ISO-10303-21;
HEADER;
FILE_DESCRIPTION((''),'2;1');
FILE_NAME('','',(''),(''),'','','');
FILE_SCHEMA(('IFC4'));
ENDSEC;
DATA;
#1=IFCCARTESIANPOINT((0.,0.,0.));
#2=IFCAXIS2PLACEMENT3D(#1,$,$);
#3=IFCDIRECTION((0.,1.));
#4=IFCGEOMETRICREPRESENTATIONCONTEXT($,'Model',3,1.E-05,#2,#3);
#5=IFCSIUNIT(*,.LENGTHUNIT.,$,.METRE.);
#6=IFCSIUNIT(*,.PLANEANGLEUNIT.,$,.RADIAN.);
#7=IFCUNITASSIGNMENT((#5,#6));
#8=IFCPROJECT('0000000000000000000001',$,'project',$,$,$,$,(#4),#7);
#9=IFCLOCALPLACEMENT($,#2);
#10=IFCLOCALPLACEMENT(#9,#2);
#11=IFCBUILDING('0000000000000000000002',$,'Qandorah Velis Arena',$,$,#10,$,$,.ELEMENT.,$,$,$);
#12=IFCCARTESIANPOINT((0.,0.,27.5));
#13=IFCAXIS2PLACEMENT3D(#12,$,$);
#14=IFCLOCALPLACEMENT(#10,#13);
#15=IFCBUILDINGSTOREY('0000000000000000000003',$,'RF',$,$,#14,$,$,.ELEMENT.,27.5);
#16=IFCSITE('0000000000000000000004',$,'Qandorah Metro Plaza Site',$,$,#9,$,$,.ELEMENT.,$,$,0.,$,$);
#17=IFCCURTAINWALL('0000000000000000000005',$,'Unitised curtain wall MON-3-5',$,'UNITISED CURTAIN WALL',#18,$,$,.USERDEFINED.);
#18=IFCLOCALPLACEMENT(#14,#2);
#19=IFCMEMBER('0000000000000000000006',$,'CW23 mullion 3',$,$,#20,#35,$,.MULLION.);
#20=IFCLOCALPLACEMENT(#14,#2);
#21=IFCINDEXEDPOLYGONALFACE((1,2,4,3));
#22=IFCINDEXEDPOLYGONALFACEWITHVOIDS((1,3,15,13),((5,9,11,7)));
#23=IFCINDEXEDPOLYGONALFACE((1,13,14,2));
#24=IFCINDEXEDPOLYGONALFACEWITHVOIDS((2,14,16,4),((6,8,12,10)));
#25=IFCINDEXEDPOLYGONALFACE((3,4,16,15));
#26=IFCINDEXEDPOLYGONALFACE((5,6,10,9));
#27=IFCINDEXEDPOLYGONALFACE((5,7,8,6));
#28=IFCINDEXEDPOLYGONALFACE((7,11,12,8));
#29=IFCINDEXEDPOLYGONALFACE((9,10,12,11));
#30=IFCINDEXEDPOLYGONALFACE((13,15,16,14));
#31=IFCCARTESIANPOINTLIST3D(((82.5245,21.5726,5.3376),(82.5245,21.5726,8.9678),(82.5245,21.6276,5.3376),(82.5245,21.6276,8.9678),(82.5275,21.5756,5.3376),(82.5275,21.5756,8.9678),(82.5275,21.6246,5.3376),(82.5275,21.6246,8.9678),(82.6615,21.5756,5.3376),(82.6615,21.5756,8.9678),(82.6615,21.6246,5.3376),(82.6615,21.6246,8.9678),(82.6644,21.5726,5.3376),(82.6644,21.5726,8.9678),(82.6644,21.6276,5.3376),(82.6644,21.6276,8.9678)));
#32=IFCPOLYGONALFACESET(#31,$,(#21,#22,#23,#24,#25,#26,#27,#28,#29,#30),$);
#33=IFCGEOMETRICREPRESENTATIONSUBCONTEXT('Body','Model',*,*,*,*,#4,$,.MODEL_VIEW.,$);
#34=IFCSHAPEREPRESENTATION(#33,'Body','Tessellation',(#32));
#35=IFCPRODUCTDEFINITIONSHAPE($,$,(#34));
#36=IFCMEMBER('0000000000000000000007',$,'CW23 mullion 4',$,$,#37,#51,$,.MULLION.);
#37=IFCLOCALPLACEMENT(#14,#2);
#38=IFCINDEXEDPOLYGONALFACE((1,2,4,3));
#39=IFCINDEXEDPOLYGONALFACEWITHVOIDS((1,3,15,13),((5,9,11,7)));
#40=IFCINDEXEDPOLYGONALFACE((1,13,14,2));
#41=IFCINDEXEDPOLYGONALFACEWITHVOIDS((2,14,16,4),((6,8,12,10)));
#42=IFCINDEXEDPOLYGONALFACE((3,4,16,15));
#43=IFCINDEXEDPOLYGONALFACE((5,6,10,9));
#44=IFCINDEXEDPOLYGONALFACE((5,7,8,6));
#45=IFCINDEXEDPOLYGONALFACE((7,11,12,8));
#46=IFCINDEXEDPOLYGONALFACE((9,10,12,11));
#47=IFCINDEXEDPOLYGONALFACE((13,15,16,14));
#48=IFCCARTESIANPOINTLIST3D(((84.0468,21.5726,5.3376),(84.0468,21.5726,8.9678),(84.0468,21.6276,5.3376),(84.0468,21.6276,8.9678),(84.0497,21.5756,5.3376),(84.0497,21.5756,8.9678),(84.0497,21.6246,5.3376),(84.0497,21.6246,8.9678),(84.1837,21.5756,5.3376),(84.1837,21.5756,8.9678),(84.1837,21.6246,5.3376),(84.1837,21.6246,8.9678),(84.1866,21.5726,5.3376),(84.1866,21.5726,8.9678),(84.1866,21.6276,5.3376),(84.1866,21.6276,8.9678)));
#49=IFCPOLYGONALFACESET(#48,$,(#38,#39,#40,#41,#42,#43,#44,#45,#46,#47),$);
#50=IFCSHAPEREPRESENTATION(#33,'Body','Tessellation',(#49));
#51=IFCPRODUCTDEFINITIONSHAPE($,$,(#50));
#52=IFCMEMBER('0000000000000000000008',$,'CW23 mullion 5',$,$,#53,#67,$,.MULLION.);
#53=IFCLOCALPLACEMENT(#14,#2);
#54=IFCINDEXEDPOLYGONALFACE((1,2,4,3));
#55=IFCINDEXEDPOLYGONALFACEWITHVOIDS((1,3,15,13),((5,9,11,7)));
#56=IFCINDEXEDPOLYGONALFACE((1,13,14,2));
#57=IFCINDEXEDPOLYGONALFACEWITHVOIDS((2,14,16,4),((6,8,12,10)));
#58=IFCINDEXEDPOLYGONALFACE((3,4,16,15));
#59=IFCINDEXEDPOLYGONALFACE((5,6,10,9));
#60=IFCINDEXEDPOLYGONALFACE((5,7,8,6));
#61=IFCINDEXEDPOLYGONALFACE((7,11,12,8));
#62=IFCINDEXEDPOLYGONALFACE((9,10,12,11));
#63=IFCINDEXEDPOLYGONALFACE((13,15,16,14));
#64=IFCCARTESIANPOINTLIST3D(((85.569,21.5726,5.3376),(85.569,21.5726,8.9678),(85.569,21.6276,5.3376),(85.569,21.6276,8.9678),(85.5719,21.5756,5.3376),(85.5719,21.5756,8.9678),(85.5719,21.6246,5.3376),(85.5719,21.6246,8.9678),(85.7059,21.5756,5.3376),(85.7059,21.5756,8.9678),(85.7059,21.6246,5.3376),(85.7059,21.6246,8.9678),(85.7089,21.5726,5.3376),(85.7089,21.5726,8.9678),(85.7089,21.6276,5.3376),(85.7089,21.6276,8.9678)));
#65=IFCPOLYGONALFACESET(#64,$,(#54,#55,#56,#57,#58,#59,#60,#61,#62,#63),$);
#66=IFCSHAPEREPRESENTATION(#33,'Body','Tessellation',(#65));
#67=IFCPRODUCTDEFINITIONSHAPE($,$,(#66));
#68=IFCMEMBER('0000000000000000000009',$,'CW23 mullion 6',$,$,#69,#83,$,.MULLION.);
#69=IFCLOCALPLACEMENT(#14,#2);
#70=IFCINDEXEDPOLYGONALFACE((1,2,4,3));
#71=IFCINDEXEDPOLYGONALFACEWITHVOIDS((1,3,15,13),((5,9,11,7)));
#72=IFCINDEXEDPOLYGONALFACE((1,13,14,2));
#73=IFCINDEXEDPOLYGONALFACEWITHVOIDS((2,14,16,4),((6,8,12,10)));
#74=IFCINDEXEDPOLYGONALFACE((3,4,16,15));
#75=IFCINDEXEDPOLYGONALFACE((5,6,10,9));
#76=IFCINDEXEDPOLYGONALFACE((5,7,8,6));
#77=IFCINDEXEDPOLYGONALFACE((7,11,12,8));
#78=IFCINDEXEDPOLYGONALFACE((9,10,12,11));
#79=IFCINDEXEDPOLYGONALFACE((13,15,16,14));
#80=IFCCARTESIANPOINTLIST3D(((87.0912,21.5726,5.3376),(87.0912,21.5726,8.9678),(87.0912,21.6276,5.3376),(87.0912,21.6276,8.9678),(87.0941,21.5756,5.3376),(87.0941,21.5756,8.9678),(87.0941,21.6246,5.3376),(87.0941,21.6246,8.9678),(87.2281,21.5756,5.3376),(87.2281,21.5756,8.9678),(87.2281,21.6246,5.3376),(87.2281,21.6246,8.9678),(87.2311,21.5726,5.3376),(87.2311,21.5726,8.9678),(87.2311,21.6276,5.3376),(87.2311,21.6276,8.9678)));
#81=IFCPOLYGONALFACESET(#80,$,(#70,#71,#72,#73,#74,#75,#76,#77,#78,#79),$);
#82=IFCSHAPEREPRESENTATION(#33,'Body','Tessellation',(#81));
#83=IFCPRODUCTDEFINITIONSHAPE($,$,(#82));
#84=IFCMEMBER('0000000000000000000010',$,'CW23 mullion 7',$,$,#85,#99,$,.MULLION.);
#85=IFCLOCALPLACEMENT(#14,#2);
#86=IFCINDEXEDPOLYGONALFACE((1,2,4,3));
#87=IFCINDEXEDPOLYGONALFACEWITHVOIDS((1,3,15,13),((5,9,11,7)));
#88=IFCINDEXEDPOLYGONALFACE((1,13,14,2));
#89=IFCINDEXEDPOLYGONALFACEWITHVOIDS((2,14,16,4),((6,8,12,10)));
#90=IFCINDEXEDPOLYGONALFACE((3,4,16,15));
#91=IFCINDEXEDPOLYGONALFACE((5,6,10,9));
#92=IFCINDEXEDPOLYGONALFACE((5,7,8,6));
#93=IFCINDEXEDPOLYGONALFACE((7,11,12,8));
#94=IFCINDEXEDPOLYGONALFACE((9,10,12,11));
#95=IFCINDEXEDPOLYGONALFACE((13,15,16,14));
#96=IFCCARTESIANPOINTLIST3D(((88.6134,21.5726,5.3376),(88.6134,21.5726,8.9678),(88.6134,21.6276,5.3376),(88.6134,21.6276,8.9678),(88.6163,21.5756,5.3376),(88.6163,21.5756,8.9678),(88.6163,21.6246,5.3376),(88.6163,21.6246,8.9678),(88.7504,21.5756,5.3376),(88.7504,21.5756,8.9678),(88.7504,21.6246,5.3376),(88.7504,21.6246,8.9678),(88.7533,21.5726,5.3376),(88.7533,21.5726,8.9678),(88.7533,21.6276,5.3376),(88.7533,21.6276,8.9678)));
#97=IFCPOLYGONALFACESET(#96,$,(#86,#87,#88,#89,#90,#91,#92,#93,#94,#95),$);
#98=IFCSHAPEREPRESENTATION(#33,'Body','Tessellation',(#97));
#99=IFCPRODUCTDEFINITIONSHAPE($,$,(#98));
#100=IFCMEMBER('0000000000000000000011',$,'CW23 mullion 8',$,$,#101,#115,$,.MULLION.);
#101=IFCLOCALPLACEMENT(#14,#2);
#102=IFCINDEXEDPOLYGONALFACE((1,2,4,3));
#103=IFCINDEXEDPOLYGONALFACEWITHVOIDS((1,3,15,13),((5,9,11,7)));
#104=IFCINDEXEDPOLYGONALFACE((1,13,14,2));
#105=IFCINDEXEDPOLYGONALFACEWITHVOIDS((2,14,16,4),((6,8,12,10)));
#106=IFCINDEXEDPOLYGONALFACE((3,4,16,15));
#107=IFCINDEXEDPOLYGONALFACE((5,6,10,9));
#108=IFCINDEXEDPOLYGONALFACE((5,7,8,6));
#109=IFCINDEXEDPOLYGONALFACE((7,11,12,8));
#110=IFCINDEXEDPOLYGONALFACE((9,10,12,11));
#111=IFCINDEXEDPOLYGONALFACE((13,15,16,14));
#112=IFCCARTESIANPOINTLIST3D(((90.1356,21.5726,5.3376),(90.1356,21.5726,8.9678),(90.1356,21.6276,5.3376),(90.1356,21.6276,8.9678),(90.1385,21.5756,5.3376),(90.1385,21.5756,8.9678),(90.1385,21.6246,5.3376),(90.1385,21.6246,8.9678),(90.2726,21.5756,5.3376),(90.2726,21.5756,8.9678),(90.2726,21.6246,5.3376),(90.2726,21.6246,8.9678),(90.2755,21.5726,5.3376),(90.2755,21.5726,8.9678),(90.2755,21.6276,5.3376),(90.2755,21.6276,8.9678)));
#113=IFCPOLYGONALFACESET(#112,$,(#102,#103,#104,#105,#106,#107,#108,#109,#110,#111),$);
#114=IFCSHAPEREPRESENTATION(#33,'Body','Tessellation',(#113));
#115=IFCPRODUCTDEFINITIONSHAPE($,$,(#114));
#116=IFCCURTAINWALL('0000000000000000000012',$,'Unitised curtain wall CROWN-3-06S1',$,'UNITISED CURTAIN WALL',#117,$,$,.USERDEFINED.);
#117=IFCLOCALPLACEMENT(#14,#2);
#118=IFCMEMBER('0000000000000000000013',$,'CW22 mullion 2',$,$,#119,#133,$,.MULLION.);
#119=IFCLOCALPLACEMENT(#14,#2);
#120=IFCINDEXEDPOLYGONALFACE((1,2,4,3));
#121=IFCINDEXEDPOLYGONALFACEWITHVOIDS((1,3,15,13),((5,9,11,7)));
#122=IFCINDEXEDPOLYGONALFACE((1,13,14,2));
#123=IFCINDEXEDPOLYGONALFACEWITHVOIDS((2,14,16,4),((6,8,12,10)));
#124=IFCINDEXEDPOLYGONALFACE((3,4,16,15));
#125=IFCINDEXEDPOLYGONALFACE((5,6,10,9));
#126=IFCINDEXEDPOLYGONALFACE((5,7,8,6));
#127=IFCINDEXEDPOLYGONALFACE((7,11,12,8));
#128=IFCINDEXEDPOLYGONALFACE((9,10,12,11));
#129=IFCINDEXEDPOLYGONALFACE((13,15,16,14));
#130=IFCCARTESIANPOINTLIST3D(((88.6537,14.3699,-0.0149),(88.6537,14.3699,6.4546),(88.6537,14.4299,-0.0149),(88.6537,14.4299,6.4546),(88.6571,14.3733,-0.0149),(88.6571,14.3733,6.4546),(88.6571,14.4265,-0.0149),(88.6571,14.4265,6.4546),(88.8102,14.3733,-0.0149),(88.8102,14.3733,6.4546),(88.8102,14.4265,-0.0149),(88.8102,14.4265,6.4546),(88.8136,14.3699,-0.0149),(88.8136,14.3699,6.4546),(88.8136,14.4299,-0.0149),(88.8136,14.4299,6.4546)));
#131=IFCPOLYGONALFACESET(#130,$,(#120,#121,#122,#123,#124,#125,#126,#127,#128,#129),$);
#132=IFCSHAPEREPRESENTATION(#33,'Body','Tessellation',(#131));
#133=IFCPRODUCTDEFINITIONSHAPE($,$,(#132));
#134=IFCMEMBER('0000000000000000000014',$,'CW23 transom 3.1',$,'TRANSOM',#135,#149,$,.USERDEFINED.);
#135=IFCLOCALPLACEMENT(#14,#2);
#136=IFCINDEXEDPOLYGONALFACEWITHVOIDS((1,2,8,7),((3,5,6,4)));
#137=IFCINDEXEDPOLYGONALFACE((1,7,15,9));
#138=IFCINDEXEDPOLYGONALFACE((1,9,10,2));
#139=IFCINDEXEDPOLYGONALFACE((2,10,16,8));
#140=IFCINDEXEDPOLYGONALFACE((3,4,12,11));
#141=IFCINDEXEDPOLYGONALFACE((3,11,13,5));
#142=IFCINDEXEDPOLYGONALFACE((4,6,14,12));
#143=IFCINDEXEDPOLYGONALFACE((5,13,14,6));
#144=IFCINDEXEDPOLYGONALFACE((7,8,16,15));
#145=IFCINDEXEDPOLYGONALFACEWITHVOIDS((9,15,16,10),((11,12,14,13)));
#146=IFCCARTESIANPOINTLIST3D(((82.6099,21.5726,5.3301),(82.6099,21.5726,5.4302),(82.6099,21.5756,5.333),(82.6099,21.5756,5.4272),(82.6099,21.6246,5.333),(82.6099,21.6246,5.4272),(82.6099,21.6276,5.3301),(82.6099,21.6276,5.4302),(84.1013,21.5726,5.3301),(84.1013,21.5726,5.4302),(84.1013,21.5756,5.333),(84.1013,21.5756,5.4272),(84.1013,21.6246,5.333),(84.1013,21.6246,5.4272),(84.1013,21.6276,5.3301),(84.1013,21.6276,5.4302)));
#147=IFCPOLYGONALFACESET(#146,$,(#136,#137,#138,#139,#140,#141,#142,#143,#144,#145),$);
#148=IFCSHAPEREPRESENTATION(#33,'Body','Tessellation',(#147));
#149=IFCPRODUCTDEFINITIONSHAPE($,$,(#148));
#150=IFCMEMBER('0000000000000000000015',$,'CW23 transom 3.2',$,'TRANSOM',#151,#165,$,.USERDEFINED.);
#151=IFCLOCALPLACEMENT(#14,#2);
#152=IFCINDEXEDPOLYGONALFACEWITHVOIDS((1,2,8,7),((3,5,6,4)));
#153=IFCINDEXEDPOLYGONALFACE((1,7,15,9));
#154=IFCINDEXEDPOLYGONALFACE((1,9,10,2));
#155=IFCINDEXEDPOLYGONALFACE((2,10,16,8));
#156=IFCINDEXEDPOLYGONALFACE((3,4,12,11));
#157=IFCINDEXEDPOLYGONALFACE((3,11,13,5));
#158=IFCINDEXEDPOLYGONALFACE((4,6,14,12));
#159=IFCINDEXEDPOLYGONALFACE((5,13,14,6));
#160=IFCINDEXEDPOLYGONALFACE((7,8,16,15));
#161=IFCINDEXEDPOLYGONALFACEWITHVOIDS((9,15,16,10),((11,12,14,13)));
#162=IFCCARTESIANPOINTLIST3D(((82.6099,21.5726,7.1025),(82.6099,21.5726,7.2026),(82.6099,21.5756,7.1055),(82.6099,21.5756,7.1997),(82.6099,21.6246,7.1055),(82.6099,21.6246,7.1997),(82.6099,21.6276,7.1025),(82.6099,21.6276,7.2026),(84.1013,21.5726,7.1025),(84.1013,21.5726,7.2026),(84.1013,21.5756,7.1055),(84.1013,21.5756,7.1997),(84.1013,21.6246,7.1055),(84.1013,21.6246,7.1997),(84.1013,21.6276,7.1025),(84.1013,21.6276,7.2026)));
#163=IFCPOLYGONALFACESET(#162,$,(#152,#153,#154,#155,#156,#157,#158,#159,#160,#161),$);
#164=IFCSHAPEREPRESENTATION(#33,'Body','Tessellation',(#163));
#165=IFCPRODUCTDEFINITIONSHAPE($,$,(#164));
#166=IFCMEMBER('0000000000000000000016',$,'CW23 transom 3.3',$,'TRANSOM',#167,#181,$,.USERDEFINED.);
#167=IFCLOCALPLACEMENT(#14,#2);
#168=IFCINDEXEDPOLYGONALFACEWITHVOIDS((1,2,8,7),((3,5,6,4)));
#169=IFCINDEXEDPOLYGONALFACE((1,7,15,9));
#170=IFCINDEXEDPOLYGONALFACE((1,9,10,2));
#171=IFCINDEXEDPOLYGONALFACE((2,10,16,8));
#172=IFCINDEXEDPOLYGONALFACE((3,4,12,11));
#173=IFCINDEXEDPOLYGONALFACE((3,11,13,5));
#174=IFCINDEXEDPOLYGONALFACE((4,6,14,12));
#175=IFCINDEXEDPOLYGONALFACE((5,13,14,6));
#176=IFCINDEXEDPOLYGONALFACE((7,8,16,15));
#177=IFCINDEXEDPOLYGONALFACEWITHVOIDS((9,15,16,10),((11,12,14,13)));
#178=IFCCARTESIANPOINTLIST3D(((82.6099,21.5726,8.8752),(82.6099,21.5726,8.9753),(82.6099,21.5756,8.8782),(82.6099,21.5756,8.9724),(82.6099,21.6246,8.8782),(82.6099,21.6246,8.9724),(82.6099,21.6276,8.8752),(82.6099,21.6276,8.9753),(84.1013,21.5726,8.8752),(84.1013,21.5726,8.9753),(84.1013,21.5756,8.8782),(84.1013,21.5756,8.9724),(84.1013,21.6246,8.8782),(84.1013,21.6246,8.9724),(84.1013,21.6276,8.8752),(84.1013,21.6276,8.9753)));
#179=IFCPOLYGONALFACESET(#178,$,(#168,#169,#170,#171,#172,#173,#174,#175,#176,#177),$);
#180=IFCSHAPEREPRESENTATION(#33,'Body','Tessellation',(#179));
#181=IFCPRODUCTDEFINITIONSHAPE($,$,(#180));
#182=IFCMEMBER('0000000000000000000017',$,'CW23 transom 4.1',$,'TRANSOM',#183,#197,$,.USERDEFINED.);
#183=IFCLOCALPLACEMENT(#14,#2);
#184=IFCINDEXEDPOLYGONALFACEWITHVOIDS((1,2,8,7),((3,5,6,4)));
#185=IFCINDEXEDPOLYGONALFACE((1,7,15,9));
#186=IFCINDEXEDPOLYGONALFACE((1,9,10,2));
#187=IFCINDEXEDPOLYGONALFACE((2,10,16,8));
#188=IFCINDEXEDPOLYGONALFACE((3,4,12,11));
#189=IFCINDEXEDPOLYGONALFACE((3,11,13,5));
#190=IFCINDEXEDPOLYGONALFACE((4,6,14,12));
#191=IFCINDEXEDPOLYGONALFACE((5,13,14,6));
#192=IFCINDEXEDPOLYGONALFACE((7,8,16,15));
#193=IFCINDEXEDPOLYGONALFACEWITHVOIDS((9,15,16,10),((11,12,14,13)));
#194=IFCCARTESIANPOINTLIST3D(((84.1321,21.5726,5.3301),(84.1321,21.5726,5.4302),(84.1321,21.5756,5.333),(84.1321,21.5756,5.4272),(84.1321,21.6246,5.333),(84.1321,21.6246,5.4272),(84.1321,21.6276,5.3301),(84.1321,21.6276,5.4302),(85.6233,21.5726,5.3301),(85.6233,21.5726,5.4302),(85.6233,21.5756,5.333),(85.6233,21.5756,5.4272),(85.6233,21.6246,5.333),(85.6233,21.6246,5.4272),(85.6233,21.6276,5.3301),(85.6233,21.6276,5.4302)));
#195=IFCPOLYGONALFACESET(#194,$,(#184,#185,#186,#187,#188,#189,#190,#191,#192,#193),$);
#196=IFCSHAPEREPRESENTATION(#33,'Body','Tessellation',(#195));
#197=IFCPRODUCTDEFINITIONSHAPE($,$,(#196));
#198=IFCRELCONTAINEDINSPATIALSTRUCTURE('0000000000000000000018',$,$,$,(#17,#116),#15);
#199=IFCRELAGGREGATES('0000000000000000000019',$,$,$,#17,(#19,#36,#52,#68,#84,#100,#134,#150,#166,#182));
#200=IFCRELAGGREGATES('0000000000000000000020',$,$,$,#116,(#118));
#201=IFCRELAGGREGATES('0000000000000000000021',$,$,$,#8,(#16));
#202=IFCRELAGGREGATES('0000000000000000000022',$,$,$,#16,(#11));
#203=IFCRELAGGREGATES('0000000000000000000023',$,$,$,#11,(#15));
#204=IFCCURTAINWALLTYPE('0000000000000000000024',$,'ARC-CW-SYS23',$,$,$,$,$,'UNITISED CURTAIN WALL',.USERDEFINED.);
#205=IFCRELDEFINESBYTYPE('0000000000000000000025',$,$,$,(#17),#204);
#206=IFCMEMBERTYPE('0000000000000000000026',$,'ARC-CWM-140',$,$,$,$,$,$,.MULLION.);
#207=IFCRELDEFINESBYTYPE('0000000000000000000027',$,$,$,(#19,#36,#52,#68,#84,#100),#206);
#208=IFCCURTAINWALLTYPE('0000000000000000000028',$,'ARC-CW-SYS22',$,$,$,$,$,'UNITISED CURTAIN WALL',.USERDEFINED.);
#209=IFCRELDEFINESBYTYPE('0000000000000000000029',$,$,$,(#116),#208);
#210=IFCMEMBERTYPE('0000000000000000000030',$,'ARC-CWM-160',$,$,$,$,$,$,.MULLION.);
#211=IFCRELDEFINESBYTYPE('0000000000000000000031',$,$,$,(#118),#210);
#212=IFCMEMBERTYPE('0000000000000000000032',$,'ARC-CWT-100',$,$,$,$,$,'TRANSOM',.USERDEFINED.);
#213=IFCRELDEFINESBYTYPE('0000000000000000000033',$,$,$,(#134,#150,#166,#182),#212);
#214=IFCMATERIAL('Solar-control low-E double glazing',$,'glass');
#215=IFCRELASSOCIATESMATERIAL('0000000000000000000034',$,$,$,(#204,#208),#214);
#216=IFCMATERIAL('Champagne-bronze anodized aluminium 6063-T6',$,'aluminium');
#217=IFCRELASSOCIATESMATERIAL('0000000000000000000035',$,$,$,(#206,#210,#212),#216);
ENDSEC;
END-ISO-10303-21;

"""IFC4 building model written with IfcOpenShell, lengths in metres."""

from ifc_helpers import new_model, si_unit, direction, frame, origin, origin_2d, place, context, subcontext, project, spatial, hollow_rectangle, extrude, material, material_profile, profile_set, type_object, element, aggregate, save


model = new_model("IFC4")

# Units and contexts
model_context = context("Model", 3, precision=1e-05, world=origin(), true_north=direction((0.0, 1.0)))
body_context = subcontext(model_context, "Body", "Model", "MODEL_VIEW")
ifc_project = project(units=[si_unit("LENGTHUNIT", "METRE"), si_unit("PLANEANGLEUNIT", "RADIAN")], contexts=[model_context])

# Site, building, storey
site_placement = place(None, origin())
site = spatial("IfcSite", under=ifc_project, at=site_placement, Name="Qandorah Metro Plaza Site", CompositionType="ELEMENT", RefElevation=0.0)
building_placement = place(site_placement, origin())
building = spatial("IfcBuilding", under=site, at=building_placement, Name="Qandorah Velis Arena", CompositionType="ELEMENT")
storey_placement = place(building_placement, frame((0.0, 0.0, 27.5)))
storey = spatial("IfcBuildingStorey", under=building, at=storey_placement, Name="RF", CompositionType="ELEMENT", Elevation=27.5)

# Curtain wall, members
ifc_material_1 = material(Name="Solar-control low-E double glazing", Category="glass")
curtain_wall_type_1 = type_object("IfcCurtainWallType", Name="ARC-CW-SYS23", ElementType="UNITISED CURTAIN WALL", PredefinedType="USERDEFINED", material=ifc_material_1)
curtain_wall_1_placement = place(storey_placement, origin())
curtain_wall_1 = element("IfcCurtainWall", 1, at=curtain_wall_1_placement, inside=storey, type_object=curtain_wall_type_1, Name="Unitised curtain wall MON-3-5", ObjectType="UNITISED CURTAIN WALL", PredefinedType="USERDEFINED")
ifc_material_2 = material(Name="Champagne-bronze anodized aluminium 6063-T6", Category="aluminium")
ifc_material_profile_1 = material_profile(ifc_material_2, hollow_rectangle(XDim=0.0549, YDim=0.1399, WallThickness=0.0029, at=origin_2d()), Name="ALU MULLION 55x140")
ifc_profile_set_1 = profile_set([ifc_material_profile_1], Name="Champagne-bronze anodized aluminium 6063-T6")
member_type_1 = type_object("IfcMemberType", Name="ARC-CWM-140", PredefinedType="MULLION", material=ifc_profile_set_1)
member_1_placement = place(storey_placement, frame((82.5945, 21.6001, 5.3376), z_axis=(0.0, 0.0, 1.0), x_axis=(0.0, 1.0, 0.0)))
member_1 = element("IfcMember", 2, at=member_1_placement, type_object=member_type_1, Name="CW23 mullion 3", PredefinedType="MULLION", context=body_context, shape_type="SweptSolid", body=[
    extrude(hollow_rectangle(XDim=0.0549, YDim=0.1399, WallThickness=0.0029, at=origin_2d()), origin(), (0.0, 0.0, 1.0), 3.6301),
])
member_2_placement = place(storey_placement, frame((84.1167, 21.6001, 5.3376), z_axis=(0.0, 0.0, 1.0), x_axis=(0.0, 1.0, 0.0)))
member_2 = element("IfcMember", 3, at=member_2_placement, type_object=member_type_1, Name="CW23 mullion 4", PredefinedType="MULLION", context=body_context, shape_type="SweptSolid", body=[
    extrude(hollow_rectangle(XDim=0.0549, YDim=0.1399, WallThickness=0.0029, at=origin_2d()), origin(), (0.0, 0.0, 1.0), 3.6301),
])
member_3_placement = place(storey_placement, frame((85.6389, 21.6001, 5.3376), z_axis=(0.0, 0.0, 1.0), x_axis=(0.0, 1.0, 0.0)))
member_3 = element("IfcMember", 4, at=member_3_placement, type_object=member_type_1, Name="CW23 mullion 5", PredefinedType="MULLION", context=body_context, shape_type="SweptSolid", body=[
    extrude(hollow_rectangle(XDim=0.0549, YDim=0.1399, WallThickness=0.0029, at=origin_2d()), origin(), (0.0, 0.0, 1.0), 3.6301),
])
member_4_placement = place(storey_placement, frame((87.1611, 21.6001, 5.3376), z_axis=(0.0, 0.0, 1.0), x_axis=(0.0, 1.0, 0.0)))
member_4 = element("IfcMember", 5, at=member_4_placement, type_object=member_type_1, Name="CW23 mullion 6", PredefinedType="MULLION", context=body_context, shape_type="SweptSolid", body=[
    extrude(hollow_rectangle(XDim=0.0549, YDim=0.1399, WallThickness=0.0029, at=origin_2d()), origin(), (0.0, 0.0, 1.0), 3.6301),
])
member_5_placement = place(storey_placement, frame((88.6833, 21.6001, 5.3376), z_axis=(0.0, 0.0, 1.0), x_axis=(0.0, 1.0, 0.0)))
member_5 = element("IfcMember", 6, at=member_5_placement, type_object=member_type_1, Name="CW23 mullion 7", PredefinedType="MULLION", context=body_context, shape_type="SweptSolid", body=[
    extrude(hollow_rectangle(XDim=0.0549, YDim=0.1399, WallThickness=0.0029, at=origin_2d()), origin(), (0.0, 0.0, 1.0), 3.6301),
])
member_6_placement = place(storey_placement, frame((90.2056, 21.6001, 5.3376), z_axis=(0.0, 0.0, 1.0), x_axis=(0.0, 1.0, 0.0)))
member_6 = element("IfcMember", 7, at=member_6_placement, type_object=member_type_1, Name="CW23 mullion 8", PredefinedType="MULLION", context=body_context, shape_type="SweptSolid", body=[
    extrude(hollow_rectangle(XDim=0.0549, YDim=0.1399, WallThickness=0.0029, at=origin_2d()), origin(), (0.0, 0.0, 1.0), 3.6301),
])

# Curtain wall, member
curtain_wall_type_2 = type_object("IfcCurtainWallType", Name="ARC-CW-SYS22", ElementType="UNITISED CURTAIN WALL", PredefinedType="USERDEFINED", material=ifc_material_1)
curtain_wall_2_placement = place(storey_placement, origin())
curtain_wall_2 = element("IfcCurtainWall", 8, at=curtain_wall_2_placement, inside=storey, type_object=curtain_wall_type_2, Name="Unitised curtain wall CROWN-3-06S1", ObjectType="UNITISED CURTAIN WALL", PredefinedType="USERDEFINED")
ifc_material_profile_2 = material_profile(ifc_material_2, hollow_rectangle(XDim=0.0601, YDim=0.1599, WallThickness=0.0034, at=origin_2d()), Name="ALU MULLION 60x160")
ifc_profile_set_2 = profile_set([ifc_material_profile_2], Name="Champagne-bronze anodized aluminium 6063-T6")
member_type_2 = type_object("IfcMemberType", Name="ARC-CWM-160", PredefinedType="MULLION", material=ifc_profile_set_2)
member_7_placement = place(storey_placement, frame((88.7336, 14.3999, -0.0149), z_axis=(0.0, 0.0, 1.0), x_axis=(0.0, 1.0, 0.0)))
member_7 = element("IfcMember", 9, at=member_7_placement, type_object=member_type_2, Name="CW22 mullion 2", PredefinedType="MULLION", context=body_context, shape_type="SweptSolid", body=[
    extrude(hollow_rectangle(XDim=0.0601, YDim=0.1599, WallThickness=0.0034, at=origin_2d()), origin(), (0.0, 0.0, 1.0), 6.4695),
])

# Members
ifc_material_profile_3 = material_profile(ifc_material_2, hollow_rectangle(XDim=0.0549, YDim=0.1001, WallThickness=0.0029, at=origin_2d()), Name="ALU TRANSOM 55x100")
ifc_profile_set_3 = profile_set([ifc_material_profile_3], Name="Champagne-bronze anodized aluminium 6063-T6")
member_type_3 = type_object("IfcMemberType", Name="ARC-CWT-100", ElementType="TRANSOM", PredefinedType="USERDEFINED", material=ifc_profile_set_3)
member_8_placement = place(storey_placement, frame((82.6099, 21.6001, 5.3801), z_axis=(1.0, 0.0, 0.0), x_axis=(0.0, 1.0, 0.0)))
member_8 = element("IfcMember", 10, at=member_8_placement, type_object=member_type_3, Name="CW23 transom 3.1", ObjectType="TRANSOM", PredefinedType="USERDEFINED", context=body_context, shape_type="SweptSolid", body=[
    extrude(hollow_rectangle(XDim=0.0549, YDim=0.1001, WallThickness=0.0029, at=origin_2d()), origin(), (0.0, 0.0, 1.0), 1.4915),
])
member_9_placement = place(storey_placement, frame((82.6099, 21.6001, 7.1526), z_axis=(1.0, 0.0, 0.0), x_axis=(0.0, 1.0, 0.0)))
member_9 = element("IfcMember", 11, at=member_9_placement, type_object=member_type_3, Name="CW23 transom 3.2", ObjectType="TRANSOM", PredefinedType="USERDEFINED", context=body_context, shape_type="SweptSolid", body=[
    extrude(hollow_rectangle(XDim=0.0549, YDim=0.1001, WallThickness=0.0029, at=origin_2d()), origin(), (0.0, 0.0, 1.0), 1.4915),
])
member_10_placement = place(storey_placement, frame((82.6099, 21.6001, 8.9253), z_axis=(1.0, 0.0, 0.0), x_axis=(0.0, 1.0, 0.0)))
member_10 = element("IfcMember", 12, at=member_10_placement, type_object=member_type_3, Name="CW23 transom 3.3", ObjectType="TRANSOM", PredefinedType="USERDEFINED", context=body_context, shape_type="SweptSolid", body=[
    extrude(hollow_rectangle(XDim=0.0549, YDim=0.1001, WallThickness=0.0029, at=origin_2d()), origin(), (0.0, 0.0, 1.0), 1.4915),
])
member_11_placement = place(storey_placement, frame((84.1321, 21.6001, 5.3801), z_axis=(1.0, 0.0, 0.0), x_axis=(0.0, 1.0, 0.0)))
member_11 = element("IfcMember", 13, at=member_11_placement, type_object=member_type_3, Name="CW23 transom 4.1", ObjectType="TRANSOM", PredefinedType="USERDEFINED", context=body_context, shape_type="SweptSolid", body=[
    extrude(hollow_rectangle(XDim=0.0549, YDim=0.1001, WallThickness=0.0029, at=origin_2d()), origin(), (0.0, 0.0, 1.0), 1.4912),
])

aggregate(curtain_wall_1, [member_1, member_2, member_3, member_4, member_5, member_6, member_8, member_9, member_10, member_11])
aggregate(curtain_wall_2, [member_7])

save(model, "model.ifc")
